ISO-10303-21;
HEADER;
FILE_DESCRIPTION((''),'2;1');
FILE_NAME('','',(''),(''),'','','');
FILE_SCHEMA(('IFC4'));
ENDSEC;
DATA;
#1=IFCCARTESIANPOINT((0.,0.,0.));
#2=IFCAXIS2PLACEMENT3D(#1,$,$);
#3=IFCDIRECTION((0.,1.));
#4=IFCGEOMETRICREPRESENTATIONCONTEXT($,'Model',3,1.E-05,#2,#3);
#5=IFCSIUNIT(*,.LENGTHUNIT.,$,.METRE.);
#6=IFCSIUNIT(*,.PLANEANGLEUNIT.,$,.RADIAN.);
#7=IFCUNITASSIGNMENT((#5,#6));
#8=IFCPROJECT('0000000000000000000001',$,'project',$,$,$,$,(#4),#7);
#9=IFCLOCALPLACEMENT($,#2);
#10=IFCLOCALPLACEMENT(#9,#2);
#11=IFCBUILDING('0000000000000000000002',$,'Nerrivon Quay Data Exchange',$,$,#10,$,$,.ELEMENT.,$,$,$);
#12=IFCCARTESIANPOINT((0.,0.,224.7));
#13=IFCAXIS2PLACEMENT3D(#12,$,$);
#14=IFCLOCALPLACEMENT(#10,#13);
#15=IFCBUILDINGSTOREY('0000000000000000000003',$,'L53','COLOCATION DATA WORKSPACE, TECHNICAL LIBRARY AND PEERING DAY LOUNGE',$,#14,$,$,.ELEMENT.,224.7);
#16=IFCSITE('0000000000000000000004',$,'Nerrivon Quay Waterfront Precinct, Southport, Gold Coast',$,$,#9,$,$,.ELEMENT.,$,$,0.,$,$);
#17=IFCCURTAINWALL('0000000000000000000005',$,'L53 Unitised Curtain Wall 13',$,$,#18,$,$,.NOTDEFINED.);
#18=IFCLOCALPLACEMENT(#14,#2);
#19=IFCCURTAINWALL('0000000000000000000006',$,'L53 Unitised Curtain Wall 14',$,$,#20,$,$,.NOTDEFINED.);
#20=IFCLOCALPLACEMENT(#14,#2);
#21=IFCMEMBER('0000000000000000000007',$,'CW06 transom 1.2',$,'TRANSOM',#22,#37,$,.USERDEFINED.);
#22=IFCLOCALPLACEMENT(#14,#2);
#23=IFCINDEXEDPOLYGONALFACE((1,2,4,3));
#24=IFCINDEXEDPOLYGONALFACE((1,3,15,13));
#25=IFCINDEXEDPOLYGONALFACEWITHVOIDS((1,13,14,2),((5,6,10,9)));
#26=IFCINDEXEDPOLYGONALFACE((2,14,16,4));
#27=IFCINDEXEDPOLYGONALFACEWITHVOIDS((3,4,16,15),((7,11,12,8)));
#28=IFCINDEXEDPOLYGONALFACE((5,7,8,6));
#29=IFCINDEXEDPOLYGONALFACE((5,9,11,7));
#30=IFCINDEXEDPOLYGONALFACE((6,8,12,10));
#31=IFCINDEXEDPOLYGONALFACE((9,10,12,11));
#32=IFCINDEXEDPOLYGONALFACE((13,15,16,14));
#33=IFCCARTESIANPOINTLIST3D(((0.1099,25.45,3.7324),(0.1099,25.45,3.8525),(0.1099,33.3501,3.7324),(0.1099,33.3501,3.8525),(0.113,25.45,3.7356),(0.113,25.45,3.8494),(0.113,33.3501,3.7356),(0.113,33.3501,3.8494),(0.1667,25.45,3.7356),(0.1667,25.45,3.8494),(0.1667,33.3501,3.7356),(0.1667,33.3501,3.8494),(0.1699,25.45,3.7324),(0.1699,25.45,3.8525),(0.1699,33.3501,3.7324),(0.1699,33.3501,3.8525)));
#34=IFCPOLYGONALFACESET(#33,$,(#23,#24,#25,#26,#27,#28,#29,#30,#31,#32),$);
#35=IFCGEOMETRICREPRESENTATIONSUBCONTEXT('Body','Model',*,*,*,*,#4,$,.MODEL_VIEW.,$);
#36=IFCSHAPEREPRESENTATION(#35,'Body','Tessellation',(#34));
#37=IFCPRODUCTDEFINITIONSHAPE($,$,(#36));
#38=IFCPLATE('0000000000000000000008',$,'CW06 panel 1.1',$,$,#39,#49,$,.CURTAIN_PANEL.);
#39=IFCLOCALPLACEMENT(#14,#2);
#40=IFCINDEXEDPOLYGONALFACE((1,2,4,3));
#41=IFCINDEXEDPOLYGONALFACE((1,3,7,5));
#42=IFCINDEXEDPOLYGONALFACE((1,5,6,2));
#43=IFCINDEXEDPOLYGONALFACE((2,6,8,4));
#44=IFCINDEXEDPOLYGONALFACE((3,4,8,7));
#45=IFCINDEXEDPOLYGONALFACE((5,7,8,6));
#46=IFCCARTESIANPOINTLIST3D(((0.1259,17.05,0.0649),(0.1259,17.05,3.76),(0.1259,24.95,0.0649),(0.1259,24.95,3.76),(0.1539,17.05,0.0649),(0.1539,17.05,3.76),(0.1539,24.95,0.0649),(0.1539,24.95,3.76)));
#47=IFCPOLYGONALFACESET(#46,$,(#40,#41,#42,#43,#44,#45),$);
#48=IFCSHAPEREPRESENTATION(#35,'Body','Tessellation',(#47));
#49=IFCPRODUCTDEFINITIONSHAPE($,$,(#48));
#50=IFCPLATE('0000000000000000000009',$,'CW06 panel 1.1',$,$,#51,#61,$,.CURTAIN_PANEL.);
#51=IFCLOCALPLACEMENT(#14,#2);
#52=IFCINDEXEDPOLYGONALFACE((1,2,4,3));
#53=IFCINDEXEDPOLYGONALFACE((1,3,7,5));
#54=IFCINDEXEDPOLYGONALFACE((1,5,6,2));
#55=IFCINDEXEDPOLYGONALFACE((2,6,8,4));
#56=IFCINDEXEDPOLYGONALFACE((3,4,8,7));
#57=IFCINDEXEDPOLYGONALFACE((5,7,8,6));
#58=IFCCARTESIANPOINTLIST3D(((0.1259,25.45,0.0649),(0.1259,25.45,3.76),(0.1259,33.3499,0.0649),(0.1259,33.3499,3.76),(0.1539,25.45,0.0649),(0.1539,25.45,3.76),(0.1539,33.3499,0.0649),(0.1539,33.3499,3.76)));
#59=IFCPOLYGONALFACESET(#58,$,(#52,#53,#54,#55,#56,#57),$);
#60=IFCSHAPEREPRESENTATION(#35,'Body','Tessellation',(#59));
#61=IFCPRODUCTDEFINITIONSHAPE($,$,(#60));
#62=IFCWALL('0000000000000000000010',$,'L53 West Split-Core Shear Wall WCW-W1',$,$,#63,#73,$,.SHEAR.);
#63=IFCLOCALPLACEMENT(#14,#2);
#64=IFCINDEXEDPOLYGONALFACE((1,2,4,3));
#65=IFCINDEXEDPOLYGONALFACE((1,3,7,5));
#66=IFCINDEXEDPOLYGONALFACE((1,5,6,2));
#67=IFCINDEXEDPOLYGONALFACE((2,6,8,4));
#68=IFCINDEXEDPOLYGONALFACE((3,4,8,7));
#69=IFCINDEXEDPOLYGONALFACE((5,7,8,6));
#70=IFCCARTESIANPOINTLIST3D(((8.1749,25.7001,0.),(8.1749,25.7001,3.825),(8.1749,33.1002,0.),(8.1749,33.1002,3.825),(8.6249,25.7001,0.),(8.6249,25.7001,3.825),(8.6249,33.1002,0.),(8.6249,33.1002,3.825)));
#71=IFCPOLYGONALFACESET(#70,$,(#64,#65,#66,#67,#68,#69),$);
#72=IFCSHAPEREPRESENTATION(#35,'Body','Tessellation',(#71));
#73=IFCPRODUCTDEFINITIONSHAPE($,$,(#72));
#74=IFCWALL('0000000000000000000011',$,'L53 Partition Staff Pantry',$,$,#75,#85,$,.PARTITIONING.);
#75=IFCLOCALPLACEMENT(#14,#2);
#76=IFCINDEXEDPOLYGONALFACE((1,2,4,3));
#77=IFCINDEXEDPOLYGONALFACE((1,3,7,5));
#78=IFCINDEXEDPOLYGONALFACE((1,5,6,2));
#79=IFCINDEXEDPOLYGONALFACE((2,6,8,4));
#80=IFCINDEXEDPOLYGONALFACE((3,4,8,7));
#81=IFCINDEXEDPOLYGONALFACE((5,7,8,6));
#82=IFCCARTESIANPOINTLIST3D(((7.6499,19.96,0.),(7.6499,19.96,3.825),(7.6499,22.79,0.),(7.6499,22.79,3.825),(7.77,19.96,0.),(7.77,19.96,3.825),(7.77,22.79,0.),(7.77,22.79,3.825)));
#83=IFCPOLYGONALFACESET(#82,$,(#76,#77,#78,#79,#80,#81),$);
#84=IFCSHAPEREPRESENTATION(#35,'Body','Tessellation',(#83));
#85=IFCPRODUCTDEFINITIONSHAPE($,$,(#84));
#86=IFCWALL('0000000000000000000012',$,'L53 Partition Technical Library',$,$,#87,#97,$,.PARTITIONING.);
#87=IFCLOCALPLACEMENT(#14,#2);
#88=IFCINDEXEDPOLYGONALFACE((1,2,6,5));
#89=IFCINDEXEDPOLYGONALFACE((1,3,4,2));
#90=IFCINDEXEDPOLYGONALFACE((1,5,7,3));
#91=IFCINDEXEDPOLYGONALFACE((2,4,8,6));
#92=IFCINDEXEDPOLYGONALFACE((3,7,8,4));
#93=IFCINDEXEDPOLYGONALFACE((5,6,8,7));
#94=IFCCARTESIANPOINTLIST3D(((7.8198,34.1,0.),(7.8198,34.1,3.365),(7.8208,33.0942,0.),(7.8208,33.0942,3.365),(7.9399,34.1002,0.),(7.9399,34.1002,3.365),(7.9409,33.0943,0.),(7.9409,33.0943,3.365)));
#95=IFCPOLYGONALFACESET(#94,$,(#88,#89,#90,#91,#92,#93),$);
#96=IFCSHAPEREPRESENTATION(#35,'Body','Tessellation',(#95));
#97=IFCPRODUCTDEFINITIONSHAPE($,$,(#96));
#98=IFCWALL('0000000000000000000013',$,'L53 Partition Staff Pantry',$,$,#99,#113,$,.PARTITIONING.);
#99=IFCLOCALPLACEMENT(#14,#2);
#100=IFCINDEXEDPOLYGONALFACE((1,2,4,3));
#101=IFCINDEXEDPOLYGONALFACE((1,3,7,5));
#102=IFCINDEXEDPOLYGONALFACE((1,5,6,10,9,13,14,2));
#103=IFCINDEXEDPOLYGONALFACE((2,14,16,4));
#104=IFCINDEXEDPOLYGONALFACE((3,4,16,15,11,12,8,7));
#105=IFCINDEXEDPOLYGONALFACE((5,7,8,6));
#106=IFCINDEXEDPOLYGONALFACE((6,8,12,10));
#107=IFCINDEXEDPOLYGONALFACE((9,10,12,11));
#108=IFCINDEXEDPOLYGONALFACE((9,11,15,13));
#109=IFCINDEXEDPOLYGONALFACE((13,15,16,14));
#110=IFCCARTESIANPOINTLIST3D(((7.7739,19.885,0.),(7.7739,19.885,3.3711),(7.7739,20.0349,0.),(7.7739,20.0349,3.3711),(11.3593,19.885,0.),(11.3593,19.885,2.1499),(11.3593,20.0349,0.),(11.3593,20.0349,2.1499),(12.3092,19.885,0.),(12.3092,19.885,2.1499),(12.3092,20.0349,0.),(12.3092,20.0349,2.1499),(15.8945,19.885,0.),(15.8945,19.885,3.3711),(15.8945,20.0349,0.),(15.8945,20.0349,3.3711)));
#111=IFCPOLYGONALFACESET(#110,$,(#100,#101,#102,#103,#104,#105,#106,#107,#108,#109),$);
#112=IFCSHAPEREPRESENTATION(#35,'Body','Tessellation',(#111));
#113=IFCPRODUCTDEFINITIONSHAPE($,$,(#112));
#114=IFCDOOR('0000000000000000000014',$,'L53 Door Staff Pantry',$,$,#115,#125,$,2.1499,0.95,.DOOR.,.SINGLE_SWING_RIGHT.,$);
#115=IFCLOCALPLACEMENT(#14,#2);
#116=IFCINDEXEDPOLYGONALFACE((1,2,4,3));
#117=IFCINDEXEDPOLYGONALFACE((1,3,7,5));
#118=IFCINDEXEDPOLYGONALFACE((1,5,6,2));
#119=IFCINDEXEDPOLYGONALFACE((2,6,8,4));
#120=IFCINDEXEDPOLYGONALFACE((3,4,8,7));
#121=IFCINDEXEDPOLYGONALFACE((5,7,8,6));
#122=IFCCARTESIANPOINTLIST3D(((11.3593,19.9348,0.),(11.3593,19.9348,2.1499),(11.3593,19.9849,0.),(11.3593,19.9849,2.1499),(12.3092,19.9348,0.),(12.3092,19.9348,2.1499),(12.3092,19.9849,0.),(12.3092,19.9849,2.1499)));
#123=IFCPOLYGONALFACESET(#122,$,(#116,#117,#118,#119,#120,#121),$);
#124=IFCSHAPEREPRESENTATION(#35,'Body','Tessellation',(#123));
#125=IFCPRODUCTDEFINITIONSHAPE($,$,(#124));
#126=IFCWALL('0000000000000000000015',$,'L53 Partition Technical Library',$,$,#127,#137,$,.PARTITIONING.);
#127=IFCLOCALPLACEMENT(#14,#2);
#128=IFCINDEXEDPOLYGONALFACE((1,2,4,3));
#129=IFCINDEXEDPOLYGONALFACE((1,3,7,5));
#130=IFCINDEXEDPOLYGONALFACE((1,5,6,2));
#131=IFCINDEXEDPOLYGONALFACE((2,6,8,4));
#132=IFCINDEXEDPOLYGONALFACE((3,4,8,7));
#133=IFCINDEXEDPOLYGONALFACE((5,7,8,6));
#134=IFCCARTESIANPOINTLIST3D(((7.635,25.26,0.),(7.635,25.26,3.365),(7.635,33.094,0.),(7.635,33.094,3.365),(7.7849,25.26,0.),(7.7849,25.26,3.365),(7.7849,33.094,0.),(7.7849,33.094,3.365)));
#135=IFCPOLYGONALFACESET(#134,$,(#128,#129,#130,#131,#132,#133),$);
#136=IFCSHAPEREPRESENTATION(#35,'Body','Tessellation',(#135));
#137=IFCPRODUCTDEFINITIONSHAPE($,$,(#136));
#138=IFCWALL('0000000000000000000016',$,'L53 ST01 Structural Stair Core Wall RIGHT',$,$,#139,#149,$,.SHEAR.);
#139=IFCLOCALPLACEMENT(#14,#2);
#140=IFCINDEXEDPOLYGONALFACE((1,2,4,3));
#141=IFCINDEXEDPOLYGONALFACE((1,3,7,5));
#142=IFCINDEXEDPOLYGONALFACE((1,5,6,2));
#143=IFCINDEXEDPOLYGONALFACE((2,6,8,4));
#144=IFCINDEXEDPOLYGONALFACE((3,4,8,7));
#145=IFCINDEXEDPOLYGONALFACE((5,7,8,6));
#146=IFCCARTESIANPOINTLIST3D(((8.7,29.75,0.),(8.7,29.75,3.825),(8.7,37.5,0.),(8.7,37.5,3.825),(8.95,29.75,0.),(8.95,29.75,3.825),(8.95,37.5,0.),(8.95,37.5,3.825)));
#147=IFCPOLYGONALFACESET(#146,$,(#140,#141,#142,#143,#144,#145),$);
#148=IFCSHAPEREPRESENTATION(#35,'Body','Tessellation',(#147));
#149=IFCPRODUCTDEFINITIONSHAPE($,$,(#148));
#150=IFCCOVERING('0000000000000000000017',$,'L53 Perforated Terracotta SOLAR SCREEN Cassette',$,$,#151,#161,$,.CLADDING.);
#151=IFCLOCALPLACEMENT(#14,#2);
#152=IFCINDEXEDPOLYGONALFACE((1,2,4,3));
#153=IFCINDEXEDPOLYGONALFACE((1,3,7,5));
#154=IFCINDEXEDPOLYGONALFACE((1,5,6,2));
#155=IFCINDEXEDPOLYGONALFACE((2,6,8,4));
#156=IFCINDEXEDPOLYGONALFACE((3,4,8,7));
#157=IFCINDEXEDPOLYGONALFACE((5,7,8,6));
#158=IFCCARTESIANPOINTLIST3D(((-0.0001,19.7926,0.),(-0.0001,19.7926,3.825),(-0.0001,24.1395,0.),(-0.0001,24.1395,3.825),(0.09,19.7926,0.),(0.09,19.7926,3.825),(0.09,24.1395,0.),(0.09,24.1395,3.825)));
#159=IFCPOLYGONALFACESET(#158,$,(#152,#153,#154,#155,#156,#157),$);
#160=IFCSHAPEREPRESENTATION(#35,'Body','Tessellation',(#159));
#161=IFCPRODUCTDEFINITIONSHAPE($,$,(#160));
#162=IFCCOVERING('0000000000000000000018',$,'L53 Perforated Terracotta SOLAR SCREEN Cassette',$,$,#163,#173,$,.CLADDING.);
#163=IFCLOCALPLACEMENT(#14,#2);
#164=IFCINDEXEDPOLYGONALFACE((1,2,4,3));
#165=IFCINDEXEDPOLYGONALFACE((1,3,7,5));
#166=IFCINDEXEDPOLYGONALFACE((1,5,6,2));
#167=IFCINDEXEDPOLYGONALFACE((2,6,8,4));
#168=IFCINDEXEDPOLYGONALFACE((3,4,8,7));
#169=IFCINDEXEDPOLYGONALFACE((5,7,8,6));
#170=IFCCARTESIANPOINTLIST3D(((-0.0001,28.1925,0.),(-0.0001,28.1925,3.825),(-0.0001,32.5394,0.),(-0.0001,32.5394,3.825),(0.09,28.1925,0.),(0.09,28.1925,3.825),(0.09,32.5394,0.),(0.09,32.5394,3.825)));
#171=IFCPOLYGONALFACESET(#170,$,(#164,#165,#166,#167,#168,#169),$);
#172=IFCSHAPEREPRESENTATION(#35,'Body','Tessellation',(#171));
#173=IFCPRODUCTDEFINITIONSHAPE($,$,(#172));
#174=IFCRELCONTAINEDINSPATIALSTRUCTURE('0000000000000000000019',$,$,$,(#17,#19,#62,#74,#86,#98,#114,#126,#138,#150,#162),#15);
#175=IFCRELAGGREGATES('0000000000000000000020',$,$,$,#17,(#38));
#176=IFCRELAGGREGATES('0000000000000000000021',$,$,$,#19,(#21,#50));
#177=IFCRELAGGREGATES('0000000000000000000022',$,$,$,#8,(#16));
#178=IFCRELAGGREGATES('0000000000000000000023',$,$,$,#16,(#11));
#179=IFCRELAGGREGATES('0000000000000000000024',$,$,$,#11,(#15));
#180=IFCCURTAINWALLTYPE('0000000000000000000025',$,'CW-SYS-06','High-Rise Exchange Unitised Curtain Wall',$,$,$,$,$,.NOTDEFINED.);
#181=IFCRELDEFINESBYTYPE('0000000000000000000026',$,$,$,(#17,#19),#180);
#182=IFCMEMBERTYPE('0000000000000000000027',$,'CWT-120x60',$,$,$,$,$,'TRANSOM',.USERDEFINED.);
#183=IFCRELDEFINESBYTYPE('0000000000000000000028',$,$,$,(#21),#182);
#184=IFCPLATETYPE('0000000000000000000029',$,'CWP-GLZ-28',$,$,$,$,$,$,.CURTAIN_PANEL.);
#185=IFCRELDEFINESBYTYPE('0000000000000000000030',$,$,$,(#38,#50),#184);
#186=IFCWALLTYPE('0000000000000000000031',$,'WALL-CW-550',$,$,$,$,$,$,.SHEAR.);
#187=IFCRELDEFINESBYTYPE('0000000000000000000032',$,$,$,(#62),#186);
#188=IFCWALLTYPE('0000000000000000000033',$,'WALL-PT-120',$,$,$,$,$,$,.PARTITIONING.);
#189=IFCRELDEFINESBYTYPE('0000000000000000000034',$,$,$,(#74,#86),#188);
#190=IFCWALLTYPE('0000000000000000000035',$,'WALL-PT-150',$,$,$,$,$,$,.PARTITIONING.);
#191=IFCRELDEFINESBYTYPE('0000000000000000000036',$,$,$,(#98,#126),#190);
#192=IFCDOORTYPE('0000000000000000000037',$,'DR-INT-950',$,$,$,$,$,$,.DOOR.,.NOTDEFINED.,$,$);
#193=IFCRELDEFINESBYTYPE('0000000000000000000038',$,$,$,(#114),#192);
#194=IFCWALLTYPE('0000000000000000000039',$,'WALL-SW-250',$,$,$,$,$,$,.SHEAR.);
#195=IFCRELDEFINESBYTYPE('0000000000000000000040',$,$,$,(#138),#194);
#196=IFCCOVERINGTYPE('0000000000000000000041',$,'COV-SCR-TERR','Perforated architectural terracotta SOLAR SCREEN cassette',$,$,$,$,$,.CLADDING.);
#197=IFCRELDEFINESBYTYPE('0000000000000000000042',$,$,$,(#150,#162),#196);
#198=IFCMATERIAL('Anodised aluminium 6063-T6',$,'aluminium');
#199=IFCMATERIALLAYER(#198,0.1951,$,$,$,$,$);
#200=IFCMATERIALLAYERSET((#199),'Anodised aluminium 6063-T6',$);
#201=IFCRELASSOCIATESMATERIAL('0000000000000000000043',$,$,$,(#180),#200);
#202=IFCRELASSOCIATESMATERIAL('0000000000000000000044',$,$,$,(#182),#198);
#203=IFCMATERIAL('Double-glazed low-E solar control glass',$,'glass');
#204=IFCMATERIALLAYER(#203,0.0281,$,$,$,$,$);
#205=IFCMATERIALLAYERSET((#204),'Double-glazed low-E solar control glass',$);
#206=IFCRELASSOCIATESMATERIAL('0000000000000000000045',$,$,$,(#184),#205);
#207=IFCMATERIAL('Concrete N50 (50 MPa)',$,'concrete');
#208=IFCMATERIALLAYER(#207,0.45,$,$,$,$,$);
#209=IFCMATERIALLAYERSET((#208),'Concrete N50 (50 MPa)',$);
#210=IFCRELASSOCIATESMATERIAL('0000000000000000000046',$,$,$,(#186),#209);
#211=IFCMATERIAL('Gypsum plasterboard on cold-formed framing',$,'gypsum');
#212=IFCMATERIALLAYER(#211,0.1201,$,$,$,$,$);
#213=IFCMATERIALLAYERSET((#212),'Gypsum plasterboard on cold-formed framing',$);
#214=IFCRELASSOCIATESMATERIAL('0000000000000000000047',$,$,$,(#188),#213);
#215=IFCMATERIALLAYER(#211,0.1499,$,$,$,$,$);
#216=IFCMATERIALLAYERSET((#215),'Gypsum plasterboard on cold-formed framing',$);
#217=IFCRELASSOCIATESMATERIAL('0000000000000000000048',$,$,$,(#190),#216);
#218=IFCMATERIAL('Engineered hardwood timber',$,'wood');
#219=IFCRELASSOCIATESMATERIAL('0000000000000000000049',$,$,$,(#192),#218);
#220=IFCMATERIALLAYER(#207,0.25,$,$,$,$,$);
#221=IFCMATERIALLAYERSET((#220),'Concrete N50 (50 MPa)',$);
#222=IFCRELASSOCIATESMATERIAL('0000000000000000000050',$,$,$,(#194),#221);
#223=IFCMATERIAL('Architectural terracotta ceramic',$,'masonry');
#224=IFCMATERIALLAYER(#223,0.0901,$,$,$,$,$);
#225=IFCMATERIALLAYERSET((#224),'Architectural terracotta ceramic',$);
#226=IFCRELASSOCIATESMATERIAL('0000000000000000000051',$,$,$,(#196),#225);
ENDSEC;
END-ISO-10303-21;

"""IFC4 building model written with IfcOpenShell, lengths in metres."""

from ifc_helpers import new_model, si_unit, direction, frame, frame_2d, origin, origin_2d, place, context, subcontext, project, spatial, rectangle, hollow_rectangle, extrude, material, layer, layer_set, material_profile, profile_set, type_object, element, fill, aggregate, save


model = new_model("IFC4")

# Units and contexts
model_context = context("Model", 3, precision=1e-05, world=origin(), true_north=direction((0.0, 1.0)))
body_context = subcontext(model_context, "Body", "Model", "MODEL_VIEW")
ifc_project = project(units=[si_unit("LENGTHUNIT", "METRE"), si_unit("PLANEANGLEUNIT", "RADIAN")], contexts=[model_context])

# Site, building, storey
site_placement = place(None, origin())
site = spatial("IfcSite", under=ifc_project, at=site_placement, Name="Nerrivon Quay Waterfront Precinct, Southport, Gold Coast", CompositionType="ELEMENT", RefElevation=0.0)
building_placement = place(site_placement, origin())
building = spatial("IfcBuilding", under=site, at=building_placement, Name="Nerrivon Quay Data Exchange", CompositionType="ELEMENT")
storey_placement = place(building_placement, frame((0.0, 0.0, 224.7)))
storey = spatial("IfcBuildingStorey", under=building, at=storey_placement, Name="L53", Description="COLOCATION DATA WORKSPACE, TECHNICAL LIBRARY AND PEERING DAY LOUNGE", CompositionType="ELEMENT", Elevation=224.7)

# Curtain wall
ifc_material_1 = material(Name="Anodised aluminium 6063-T6", Category="aluminium")
ifc_layer_1 = layer(ifc_material_1, 0.1951)
ifc_layer_set_1 = layer_set([ifc_layer_1], Name="Anodised aluminium 6063-T6")
curtain_wall_type = type_object("IfcCurtainWallType", Name="CW-SYS-06", Description="High-Rise Exchange Unitised Curtain Wall", PredefinedType="NOTDEFINED", material=ifc_layer_set_1)
curtain_wall_1_placement = place(storey_placement, origin())
curtain_wall_1 = element("IfcCurtainWall", 1, at=curtain_wall_1_placement, inside=storey, type_object=curtain_wall_type, Name="L53 Unitised Curtain Wall 13", PredefinedType="NOTDEFINED")

# Curtain wall, member
curtain_wall_2_placement = place(storey_placement, origin())
curtain_wall_2 = element("IfcCurtainWall", 2, at=curtain_wall_2_placement, inside=storey, type_object=curtain_wall_type, Name="L53 Unitised Curtain Wall 14", PredefinedType="NOTDEFINED")
ifc_material_profile_1 = material_profile(ifc_material_1, hollow_rectangle(XDim=0.0601, YDim=0.1201, WallThickness=0.0032, at=origin_2d()), Name="ALU-TRAN-120x60")
ifc_profile_set_1 = profile_set([ifc_material_profile_1], Name="Anodised aluminium 6063-T6")
member_type_1 = type_object("IfcMemberType", Name="CWT-120x60", ElementType="TRANSOM", PredefinedType="USERDEFINED", material=ifc_profile_set_1)
member_1_placement = place(storey_placement, frame((0.1399, 25.45, 3.7925), z_axis=(0.0, 1.0, 0.0), x_axis=(-1.0, 0.0, 0.0)))
member_1 = element("IfcMember", 3, at=member_1_placement, type_object=member_type_1, Name="CW06 transom 1.2", ObjectType="TRANSOM", PredefinedType="USERDEFINED", context=body_context, shape_type="SweptSolid", body=[
    extrude(hollow_rectangle(XDim=0.0601, YDim=0.1201, WallThickness=0.0032, at=origin_2d()), origin(), (0.0, 0.0, 1.0), 7.9001),
])

# Plates
ifc_material_2 = material(Name="Double-glazed low-E solar control glass", Category="glass")
ifc_layer_2 = layer(ifc_material_2, 0.0281)
ifc_layer_set_2 = layer_set([ifc_layer_2], Name="Double-glazed low-E solar control glass")
plate_type = type_object("IfcPlateType", Name="CWP-GLZ-28", PredefinedType="CURTAIN_PANEL", material=ifc_layer_set_2)
plate_1_placement = place(storey_placement, frame((0.1399, 21.0, 0.0649), z_axis=(0.0, 0.0, 1.0), x_axis=(0.0, 1.0, 0.0)))
plate_1 = element("IfcPlate", 4, at=plate_1_placement, type_object=plate_type, Name="CW06 panel 1.1", PredefinedType="CURTAIN_PANEL", context=body_context, shape_type="SweptSolid", body=[
    extrude(rectangle(XDim=7.8999, YDim=0.0281, at=origin_2d()), origin(), (0.0, 0.0, 1.0), 3.6951),
])
aggregate(curtain_wall_1, [plate_1])
plate_2_placement = place(storey_placement, frame((0.1399, 29.3999, 0.0649), z_axis=(0.0, 0.0, 1.0), x_axis=(0.0, 1.0, 0.0)))
plate_2 = element("IfcPlate", 5, at=plate_2_placement, type_object=plate_type, Name="CW06 panel 1.1", PredefinedType="CURTAIN_PANEL", context=body_context, shape_type="SweptSolid", body=[
    extrude(rectangle(XDim=7.8999, YDim=0.0281, at=origin_2d()), origin(), (0.0, 0.0, 1.0), 3.6951),
])
aggregate(curtain_wall_2, [member_1, plate_2])

# Walls
ifc_material_3 = material(Name="Concrete N50 (50 MPa)", Category="concrete")
ifc_layer_3 = layer(ifc_material_3, 0.45)
ifc_layer_set_3 = layer_set([ifc_layer_3], Name="Concrete N50 (50 MPa)")
wall_type_1 = type_object("IfcWallType", Name="WALL-CW-550", PredefinedType="SHEAR", material=ifc_layer_set_3)
wall_1_placement = place(storey_placement, frame((8.3999, 25.7, 0.0), z_axis=(0.0, 0.0, 1.0), x_axis=(0.0, 1.0, 0.0)))
element("IfcWall", 6, at=wall_1_placement, inside=storey, type_object=wall_type_1, Name="L53 West Split-Core Shear Wall WCW-W1", PredefinedType="SHEAR", context=body_context, shape_type="SweptSolid", body=[
    extrude(rectangle(XDim=7.4001, YDim=0.45, at=frame_2d((3.7002, 0.0))), origin(), (0.0, 0.0, 1.0), 3.825),
])
ifc_material_4 = material(Name="Gypsum plasterboard on cold-formed framing", Category="gypsum")
ifc_layer_4 = layer(ifc_material_4, 0.1201)
ifc_layer_set_4 = layer_set([ifc_layer_4], Name="Gypsum plasterboard on cold-formed framing")
wall_type_2 = type_object("IfcWallType", Name="WALL-PT-120", PredefinedType="PARTITIONING", material=ifc_layer_set_4)
wall_2_placement = place(storey_placement, frame((7.71, 22.79, 0.0), z_axis=(0.0, 0.0, 1.0), x_axis=(0.0, -1.0, 0.0)))
element("IfcWall", 7, at=wall_2_placement, inside=storey, type_object=wall_type_2, Name="L53 Partition Staff Pantry", PredefinedType="PARTITIONING", context=body_context, shape_type="SweptSolid", body=[
    extrude(rectangle(XDim=2.8301, YDim=0.1201, at=frame_2d((1.415, 0.0))), origin(), (0.0, 0.0, 1.0), 3.825),
])
wall_3_placement = place(storey_placement, frame((7.8809, 33.0942, 0.0), z_axis=(0.0, 0.0, 1.0), x_axis=(-0.000971, 1.0, 0.0)))
element("IfcWall", 8, at=wall_3_placement, inside=storey, type_object=wall_type_2, Name="L53 Partition Technical Library", PredefinedType="PARTITIONING", context=body_context, shape_type="SweptSolid", body=[
    extrude(rectangle(XDim=1.0059, YDim=0.1201, at=frame_2d((0.5029, 0.0))), origin(), (0.0, 0.0, 1.0), 3.365),
])

# Wall, opening, door
ifc_layer_5 = layer(ifc_material_4, 0.1499)
ifc_layer_set_5 = layer_set([ifc_layer_5], Name="Gypsum plasterboard on cold-formed framing")
wall_type_3 = type_object("IfcWallType", Name="WALL-PT-150", PredefinedType="PARTITIONING", material=ifc_layer_set_5)
wall_4_placement = place(storey_placement, frame((7.7739, 19.96, 0.0), z_axis=(0.0, 0.0, 1.0), x_axis=(1.0, 0.0, 0.0)))
wall_4 = element("IfcWall", 9, at=wall_4_placement, inside=storey, type_object=wall_type_3, Name="L53 Partition Staff Pantry", PredefinedType="PARTITIONING", context=body_context, shape_type="SweptSolid", body=[
    extrude(rectangle(XDim=8.1206, YDim=0.1499, at=frame_2d((4.0603, 0.0))), origin(), (0.0, 0.0, 1.0), 3.3711),
])
opening_placement = place(wall_4_placement, frame((3.5852, 0.0, 0.0)))
opening = element("IfcOpeningElement", 10, at=opening_placement, cuts=wall_4, PredefinedType="OPENING", context=body_context, shape_type="SweptSolid", body=[
    extrude(rectangle(XDim=0.95, YDim=2.1499, at=frame_2d((0.4751, 1.075))), frame((0.0, 0.085, 0.0), z_axis=(0.0, -1.0, 0.0), x_axis=(1.0, 0.0, 0.0)), (0.0, 0.0, 1.0), 0.1699),
])
ifc_material_5 = material(Name="Engineered hardwood timber", Category="wood")
door_type = type_object("IfcDoorType", Name="DR-INT-950", OperationType="NOTDEFINED", PredefinedType="DOOR", material=ifc_material_5)
door_placement = place(opening_placement, origin())
door = element("IfcDoor", 11, at=door_placement, inside=storey, type_object=door_type, Name="L53 Door Staff Pantry", OperationType="SINGLE_SWING_RIGHT", OverallHeight=2.1499, OverallWidth=0.95, PredefinedType="DOOR", context=body_context, shape_type="SweptSolid", body=[
    extrude(rectangle(XDim=0.95, YDim=2.1499, at=frame_2d((0.4751, 1.075))), frame((0.0, 0.0249, 0.0), z_axis=(0.0, -1.0, 0.0), x_axis=(1.0, 0.0, 0.0)), (0.0, 0.0, 1.0), 0.05),
])
fill(opening, door)

# Walls
wall_5_placement = place(storey_placement, frame((7.71, 33.094, 0.0), z_axis=(0.0, 0.0, 1.0), x_axis=(0.0, -1.0, 0.0)))
element("IfcWall", 12, at=wall_5_placement, inside=storey, type_object=wall_type_3, Name="L53 Partition Technical Library", PredefinedType="PARTITIONING", context=body_context, shape_type="SweptSolid", body=[
    extrude(rectangle(XDim=7.834, YDim=0.1499, at=frame_2d((3.917, 0.0))), origin(), (0.0, 0.0, 1.0), 3.365),
])
ifc_layer_6 = layer(ifc_material_3, 0.25)
ifc_layer_set_6 = layer_set([ifc_layer_6], Name="Concrete N50 (50 MPa)")
wall_type_4 = type_object("IfcWallType", Name="WALL-SW-250", PredefinedType="SHEAR", material=ifc_layer_set_6)
wall_6_placement = place(storey_placement, frame((8.825, 29.75, 0.0), z_axis=(0.0, 0.0, 1.0), x_axis=(0.0, 1.0, 0.0)))
element("IfcWall", 13, at=wall_6_placement, inside=storey, type_object=wall_type_4, Name="L53 ST01 Structural Stair Core Wall RIGHT", PredefinedType="SHEAR", context=body_context, shape_type="SweptSolid", body=[
    extrude(rectangle(XDim=7.75, YDim=0.25, at=frame_2d((3.875, 0.0))), origin(), (0.0, 0.0, 1.0), 3.825),
])

# Coverings
ifc_material_6 = material(Name="Architectural terracotta ceramic", Category="masonry")
ifc_layer_7 = layer(ifc_material_6, 0.0901)
ifc_layer_set_7 = layer_set([ifc_layer_7], Name="Architectural terracotta ceramic")
covering_type = type_object("IfcCoveringType", Name="COV-SCR-TERR", Description="Perforated architectural terracotta SOLAR SCREEN cassette", PredefinedType="CLADDING", material=ifc_layer_set_7)
for number, where, z_axis, x_axis, name in (
    (14, (0.0449, 21.9661, 0.0), (0.0, 0.0, 1.0), (0.0, 1.0, 0.0), "L53 Perforated Terracotta SOLAR SCREEN Cassette"),
    (15, (0.0449, 30.366, 0.0), (0.0, 0.0, 1.0), (0.0, 1.0, 0.0), "L53 Perforated Terracotta SOLAR SCREEN Cassette"),
):
    element("IfcCovering", number, at=place(storey_placement, frame(where, z_axis=z_axis, x_axis=x_axis)), inside=storey, type_object=covering_type, Name=name, PredefinedType="CLADDING", context=body_context, shape_type="SweptSolid", body=[
        extrude(rectangle(XDim=4.3469, YDim=0.0901, at=origin_2d()), origin(), (0.0, 0.0, 1.0), 3.825),
    ])

save(model, "model.ifc")
